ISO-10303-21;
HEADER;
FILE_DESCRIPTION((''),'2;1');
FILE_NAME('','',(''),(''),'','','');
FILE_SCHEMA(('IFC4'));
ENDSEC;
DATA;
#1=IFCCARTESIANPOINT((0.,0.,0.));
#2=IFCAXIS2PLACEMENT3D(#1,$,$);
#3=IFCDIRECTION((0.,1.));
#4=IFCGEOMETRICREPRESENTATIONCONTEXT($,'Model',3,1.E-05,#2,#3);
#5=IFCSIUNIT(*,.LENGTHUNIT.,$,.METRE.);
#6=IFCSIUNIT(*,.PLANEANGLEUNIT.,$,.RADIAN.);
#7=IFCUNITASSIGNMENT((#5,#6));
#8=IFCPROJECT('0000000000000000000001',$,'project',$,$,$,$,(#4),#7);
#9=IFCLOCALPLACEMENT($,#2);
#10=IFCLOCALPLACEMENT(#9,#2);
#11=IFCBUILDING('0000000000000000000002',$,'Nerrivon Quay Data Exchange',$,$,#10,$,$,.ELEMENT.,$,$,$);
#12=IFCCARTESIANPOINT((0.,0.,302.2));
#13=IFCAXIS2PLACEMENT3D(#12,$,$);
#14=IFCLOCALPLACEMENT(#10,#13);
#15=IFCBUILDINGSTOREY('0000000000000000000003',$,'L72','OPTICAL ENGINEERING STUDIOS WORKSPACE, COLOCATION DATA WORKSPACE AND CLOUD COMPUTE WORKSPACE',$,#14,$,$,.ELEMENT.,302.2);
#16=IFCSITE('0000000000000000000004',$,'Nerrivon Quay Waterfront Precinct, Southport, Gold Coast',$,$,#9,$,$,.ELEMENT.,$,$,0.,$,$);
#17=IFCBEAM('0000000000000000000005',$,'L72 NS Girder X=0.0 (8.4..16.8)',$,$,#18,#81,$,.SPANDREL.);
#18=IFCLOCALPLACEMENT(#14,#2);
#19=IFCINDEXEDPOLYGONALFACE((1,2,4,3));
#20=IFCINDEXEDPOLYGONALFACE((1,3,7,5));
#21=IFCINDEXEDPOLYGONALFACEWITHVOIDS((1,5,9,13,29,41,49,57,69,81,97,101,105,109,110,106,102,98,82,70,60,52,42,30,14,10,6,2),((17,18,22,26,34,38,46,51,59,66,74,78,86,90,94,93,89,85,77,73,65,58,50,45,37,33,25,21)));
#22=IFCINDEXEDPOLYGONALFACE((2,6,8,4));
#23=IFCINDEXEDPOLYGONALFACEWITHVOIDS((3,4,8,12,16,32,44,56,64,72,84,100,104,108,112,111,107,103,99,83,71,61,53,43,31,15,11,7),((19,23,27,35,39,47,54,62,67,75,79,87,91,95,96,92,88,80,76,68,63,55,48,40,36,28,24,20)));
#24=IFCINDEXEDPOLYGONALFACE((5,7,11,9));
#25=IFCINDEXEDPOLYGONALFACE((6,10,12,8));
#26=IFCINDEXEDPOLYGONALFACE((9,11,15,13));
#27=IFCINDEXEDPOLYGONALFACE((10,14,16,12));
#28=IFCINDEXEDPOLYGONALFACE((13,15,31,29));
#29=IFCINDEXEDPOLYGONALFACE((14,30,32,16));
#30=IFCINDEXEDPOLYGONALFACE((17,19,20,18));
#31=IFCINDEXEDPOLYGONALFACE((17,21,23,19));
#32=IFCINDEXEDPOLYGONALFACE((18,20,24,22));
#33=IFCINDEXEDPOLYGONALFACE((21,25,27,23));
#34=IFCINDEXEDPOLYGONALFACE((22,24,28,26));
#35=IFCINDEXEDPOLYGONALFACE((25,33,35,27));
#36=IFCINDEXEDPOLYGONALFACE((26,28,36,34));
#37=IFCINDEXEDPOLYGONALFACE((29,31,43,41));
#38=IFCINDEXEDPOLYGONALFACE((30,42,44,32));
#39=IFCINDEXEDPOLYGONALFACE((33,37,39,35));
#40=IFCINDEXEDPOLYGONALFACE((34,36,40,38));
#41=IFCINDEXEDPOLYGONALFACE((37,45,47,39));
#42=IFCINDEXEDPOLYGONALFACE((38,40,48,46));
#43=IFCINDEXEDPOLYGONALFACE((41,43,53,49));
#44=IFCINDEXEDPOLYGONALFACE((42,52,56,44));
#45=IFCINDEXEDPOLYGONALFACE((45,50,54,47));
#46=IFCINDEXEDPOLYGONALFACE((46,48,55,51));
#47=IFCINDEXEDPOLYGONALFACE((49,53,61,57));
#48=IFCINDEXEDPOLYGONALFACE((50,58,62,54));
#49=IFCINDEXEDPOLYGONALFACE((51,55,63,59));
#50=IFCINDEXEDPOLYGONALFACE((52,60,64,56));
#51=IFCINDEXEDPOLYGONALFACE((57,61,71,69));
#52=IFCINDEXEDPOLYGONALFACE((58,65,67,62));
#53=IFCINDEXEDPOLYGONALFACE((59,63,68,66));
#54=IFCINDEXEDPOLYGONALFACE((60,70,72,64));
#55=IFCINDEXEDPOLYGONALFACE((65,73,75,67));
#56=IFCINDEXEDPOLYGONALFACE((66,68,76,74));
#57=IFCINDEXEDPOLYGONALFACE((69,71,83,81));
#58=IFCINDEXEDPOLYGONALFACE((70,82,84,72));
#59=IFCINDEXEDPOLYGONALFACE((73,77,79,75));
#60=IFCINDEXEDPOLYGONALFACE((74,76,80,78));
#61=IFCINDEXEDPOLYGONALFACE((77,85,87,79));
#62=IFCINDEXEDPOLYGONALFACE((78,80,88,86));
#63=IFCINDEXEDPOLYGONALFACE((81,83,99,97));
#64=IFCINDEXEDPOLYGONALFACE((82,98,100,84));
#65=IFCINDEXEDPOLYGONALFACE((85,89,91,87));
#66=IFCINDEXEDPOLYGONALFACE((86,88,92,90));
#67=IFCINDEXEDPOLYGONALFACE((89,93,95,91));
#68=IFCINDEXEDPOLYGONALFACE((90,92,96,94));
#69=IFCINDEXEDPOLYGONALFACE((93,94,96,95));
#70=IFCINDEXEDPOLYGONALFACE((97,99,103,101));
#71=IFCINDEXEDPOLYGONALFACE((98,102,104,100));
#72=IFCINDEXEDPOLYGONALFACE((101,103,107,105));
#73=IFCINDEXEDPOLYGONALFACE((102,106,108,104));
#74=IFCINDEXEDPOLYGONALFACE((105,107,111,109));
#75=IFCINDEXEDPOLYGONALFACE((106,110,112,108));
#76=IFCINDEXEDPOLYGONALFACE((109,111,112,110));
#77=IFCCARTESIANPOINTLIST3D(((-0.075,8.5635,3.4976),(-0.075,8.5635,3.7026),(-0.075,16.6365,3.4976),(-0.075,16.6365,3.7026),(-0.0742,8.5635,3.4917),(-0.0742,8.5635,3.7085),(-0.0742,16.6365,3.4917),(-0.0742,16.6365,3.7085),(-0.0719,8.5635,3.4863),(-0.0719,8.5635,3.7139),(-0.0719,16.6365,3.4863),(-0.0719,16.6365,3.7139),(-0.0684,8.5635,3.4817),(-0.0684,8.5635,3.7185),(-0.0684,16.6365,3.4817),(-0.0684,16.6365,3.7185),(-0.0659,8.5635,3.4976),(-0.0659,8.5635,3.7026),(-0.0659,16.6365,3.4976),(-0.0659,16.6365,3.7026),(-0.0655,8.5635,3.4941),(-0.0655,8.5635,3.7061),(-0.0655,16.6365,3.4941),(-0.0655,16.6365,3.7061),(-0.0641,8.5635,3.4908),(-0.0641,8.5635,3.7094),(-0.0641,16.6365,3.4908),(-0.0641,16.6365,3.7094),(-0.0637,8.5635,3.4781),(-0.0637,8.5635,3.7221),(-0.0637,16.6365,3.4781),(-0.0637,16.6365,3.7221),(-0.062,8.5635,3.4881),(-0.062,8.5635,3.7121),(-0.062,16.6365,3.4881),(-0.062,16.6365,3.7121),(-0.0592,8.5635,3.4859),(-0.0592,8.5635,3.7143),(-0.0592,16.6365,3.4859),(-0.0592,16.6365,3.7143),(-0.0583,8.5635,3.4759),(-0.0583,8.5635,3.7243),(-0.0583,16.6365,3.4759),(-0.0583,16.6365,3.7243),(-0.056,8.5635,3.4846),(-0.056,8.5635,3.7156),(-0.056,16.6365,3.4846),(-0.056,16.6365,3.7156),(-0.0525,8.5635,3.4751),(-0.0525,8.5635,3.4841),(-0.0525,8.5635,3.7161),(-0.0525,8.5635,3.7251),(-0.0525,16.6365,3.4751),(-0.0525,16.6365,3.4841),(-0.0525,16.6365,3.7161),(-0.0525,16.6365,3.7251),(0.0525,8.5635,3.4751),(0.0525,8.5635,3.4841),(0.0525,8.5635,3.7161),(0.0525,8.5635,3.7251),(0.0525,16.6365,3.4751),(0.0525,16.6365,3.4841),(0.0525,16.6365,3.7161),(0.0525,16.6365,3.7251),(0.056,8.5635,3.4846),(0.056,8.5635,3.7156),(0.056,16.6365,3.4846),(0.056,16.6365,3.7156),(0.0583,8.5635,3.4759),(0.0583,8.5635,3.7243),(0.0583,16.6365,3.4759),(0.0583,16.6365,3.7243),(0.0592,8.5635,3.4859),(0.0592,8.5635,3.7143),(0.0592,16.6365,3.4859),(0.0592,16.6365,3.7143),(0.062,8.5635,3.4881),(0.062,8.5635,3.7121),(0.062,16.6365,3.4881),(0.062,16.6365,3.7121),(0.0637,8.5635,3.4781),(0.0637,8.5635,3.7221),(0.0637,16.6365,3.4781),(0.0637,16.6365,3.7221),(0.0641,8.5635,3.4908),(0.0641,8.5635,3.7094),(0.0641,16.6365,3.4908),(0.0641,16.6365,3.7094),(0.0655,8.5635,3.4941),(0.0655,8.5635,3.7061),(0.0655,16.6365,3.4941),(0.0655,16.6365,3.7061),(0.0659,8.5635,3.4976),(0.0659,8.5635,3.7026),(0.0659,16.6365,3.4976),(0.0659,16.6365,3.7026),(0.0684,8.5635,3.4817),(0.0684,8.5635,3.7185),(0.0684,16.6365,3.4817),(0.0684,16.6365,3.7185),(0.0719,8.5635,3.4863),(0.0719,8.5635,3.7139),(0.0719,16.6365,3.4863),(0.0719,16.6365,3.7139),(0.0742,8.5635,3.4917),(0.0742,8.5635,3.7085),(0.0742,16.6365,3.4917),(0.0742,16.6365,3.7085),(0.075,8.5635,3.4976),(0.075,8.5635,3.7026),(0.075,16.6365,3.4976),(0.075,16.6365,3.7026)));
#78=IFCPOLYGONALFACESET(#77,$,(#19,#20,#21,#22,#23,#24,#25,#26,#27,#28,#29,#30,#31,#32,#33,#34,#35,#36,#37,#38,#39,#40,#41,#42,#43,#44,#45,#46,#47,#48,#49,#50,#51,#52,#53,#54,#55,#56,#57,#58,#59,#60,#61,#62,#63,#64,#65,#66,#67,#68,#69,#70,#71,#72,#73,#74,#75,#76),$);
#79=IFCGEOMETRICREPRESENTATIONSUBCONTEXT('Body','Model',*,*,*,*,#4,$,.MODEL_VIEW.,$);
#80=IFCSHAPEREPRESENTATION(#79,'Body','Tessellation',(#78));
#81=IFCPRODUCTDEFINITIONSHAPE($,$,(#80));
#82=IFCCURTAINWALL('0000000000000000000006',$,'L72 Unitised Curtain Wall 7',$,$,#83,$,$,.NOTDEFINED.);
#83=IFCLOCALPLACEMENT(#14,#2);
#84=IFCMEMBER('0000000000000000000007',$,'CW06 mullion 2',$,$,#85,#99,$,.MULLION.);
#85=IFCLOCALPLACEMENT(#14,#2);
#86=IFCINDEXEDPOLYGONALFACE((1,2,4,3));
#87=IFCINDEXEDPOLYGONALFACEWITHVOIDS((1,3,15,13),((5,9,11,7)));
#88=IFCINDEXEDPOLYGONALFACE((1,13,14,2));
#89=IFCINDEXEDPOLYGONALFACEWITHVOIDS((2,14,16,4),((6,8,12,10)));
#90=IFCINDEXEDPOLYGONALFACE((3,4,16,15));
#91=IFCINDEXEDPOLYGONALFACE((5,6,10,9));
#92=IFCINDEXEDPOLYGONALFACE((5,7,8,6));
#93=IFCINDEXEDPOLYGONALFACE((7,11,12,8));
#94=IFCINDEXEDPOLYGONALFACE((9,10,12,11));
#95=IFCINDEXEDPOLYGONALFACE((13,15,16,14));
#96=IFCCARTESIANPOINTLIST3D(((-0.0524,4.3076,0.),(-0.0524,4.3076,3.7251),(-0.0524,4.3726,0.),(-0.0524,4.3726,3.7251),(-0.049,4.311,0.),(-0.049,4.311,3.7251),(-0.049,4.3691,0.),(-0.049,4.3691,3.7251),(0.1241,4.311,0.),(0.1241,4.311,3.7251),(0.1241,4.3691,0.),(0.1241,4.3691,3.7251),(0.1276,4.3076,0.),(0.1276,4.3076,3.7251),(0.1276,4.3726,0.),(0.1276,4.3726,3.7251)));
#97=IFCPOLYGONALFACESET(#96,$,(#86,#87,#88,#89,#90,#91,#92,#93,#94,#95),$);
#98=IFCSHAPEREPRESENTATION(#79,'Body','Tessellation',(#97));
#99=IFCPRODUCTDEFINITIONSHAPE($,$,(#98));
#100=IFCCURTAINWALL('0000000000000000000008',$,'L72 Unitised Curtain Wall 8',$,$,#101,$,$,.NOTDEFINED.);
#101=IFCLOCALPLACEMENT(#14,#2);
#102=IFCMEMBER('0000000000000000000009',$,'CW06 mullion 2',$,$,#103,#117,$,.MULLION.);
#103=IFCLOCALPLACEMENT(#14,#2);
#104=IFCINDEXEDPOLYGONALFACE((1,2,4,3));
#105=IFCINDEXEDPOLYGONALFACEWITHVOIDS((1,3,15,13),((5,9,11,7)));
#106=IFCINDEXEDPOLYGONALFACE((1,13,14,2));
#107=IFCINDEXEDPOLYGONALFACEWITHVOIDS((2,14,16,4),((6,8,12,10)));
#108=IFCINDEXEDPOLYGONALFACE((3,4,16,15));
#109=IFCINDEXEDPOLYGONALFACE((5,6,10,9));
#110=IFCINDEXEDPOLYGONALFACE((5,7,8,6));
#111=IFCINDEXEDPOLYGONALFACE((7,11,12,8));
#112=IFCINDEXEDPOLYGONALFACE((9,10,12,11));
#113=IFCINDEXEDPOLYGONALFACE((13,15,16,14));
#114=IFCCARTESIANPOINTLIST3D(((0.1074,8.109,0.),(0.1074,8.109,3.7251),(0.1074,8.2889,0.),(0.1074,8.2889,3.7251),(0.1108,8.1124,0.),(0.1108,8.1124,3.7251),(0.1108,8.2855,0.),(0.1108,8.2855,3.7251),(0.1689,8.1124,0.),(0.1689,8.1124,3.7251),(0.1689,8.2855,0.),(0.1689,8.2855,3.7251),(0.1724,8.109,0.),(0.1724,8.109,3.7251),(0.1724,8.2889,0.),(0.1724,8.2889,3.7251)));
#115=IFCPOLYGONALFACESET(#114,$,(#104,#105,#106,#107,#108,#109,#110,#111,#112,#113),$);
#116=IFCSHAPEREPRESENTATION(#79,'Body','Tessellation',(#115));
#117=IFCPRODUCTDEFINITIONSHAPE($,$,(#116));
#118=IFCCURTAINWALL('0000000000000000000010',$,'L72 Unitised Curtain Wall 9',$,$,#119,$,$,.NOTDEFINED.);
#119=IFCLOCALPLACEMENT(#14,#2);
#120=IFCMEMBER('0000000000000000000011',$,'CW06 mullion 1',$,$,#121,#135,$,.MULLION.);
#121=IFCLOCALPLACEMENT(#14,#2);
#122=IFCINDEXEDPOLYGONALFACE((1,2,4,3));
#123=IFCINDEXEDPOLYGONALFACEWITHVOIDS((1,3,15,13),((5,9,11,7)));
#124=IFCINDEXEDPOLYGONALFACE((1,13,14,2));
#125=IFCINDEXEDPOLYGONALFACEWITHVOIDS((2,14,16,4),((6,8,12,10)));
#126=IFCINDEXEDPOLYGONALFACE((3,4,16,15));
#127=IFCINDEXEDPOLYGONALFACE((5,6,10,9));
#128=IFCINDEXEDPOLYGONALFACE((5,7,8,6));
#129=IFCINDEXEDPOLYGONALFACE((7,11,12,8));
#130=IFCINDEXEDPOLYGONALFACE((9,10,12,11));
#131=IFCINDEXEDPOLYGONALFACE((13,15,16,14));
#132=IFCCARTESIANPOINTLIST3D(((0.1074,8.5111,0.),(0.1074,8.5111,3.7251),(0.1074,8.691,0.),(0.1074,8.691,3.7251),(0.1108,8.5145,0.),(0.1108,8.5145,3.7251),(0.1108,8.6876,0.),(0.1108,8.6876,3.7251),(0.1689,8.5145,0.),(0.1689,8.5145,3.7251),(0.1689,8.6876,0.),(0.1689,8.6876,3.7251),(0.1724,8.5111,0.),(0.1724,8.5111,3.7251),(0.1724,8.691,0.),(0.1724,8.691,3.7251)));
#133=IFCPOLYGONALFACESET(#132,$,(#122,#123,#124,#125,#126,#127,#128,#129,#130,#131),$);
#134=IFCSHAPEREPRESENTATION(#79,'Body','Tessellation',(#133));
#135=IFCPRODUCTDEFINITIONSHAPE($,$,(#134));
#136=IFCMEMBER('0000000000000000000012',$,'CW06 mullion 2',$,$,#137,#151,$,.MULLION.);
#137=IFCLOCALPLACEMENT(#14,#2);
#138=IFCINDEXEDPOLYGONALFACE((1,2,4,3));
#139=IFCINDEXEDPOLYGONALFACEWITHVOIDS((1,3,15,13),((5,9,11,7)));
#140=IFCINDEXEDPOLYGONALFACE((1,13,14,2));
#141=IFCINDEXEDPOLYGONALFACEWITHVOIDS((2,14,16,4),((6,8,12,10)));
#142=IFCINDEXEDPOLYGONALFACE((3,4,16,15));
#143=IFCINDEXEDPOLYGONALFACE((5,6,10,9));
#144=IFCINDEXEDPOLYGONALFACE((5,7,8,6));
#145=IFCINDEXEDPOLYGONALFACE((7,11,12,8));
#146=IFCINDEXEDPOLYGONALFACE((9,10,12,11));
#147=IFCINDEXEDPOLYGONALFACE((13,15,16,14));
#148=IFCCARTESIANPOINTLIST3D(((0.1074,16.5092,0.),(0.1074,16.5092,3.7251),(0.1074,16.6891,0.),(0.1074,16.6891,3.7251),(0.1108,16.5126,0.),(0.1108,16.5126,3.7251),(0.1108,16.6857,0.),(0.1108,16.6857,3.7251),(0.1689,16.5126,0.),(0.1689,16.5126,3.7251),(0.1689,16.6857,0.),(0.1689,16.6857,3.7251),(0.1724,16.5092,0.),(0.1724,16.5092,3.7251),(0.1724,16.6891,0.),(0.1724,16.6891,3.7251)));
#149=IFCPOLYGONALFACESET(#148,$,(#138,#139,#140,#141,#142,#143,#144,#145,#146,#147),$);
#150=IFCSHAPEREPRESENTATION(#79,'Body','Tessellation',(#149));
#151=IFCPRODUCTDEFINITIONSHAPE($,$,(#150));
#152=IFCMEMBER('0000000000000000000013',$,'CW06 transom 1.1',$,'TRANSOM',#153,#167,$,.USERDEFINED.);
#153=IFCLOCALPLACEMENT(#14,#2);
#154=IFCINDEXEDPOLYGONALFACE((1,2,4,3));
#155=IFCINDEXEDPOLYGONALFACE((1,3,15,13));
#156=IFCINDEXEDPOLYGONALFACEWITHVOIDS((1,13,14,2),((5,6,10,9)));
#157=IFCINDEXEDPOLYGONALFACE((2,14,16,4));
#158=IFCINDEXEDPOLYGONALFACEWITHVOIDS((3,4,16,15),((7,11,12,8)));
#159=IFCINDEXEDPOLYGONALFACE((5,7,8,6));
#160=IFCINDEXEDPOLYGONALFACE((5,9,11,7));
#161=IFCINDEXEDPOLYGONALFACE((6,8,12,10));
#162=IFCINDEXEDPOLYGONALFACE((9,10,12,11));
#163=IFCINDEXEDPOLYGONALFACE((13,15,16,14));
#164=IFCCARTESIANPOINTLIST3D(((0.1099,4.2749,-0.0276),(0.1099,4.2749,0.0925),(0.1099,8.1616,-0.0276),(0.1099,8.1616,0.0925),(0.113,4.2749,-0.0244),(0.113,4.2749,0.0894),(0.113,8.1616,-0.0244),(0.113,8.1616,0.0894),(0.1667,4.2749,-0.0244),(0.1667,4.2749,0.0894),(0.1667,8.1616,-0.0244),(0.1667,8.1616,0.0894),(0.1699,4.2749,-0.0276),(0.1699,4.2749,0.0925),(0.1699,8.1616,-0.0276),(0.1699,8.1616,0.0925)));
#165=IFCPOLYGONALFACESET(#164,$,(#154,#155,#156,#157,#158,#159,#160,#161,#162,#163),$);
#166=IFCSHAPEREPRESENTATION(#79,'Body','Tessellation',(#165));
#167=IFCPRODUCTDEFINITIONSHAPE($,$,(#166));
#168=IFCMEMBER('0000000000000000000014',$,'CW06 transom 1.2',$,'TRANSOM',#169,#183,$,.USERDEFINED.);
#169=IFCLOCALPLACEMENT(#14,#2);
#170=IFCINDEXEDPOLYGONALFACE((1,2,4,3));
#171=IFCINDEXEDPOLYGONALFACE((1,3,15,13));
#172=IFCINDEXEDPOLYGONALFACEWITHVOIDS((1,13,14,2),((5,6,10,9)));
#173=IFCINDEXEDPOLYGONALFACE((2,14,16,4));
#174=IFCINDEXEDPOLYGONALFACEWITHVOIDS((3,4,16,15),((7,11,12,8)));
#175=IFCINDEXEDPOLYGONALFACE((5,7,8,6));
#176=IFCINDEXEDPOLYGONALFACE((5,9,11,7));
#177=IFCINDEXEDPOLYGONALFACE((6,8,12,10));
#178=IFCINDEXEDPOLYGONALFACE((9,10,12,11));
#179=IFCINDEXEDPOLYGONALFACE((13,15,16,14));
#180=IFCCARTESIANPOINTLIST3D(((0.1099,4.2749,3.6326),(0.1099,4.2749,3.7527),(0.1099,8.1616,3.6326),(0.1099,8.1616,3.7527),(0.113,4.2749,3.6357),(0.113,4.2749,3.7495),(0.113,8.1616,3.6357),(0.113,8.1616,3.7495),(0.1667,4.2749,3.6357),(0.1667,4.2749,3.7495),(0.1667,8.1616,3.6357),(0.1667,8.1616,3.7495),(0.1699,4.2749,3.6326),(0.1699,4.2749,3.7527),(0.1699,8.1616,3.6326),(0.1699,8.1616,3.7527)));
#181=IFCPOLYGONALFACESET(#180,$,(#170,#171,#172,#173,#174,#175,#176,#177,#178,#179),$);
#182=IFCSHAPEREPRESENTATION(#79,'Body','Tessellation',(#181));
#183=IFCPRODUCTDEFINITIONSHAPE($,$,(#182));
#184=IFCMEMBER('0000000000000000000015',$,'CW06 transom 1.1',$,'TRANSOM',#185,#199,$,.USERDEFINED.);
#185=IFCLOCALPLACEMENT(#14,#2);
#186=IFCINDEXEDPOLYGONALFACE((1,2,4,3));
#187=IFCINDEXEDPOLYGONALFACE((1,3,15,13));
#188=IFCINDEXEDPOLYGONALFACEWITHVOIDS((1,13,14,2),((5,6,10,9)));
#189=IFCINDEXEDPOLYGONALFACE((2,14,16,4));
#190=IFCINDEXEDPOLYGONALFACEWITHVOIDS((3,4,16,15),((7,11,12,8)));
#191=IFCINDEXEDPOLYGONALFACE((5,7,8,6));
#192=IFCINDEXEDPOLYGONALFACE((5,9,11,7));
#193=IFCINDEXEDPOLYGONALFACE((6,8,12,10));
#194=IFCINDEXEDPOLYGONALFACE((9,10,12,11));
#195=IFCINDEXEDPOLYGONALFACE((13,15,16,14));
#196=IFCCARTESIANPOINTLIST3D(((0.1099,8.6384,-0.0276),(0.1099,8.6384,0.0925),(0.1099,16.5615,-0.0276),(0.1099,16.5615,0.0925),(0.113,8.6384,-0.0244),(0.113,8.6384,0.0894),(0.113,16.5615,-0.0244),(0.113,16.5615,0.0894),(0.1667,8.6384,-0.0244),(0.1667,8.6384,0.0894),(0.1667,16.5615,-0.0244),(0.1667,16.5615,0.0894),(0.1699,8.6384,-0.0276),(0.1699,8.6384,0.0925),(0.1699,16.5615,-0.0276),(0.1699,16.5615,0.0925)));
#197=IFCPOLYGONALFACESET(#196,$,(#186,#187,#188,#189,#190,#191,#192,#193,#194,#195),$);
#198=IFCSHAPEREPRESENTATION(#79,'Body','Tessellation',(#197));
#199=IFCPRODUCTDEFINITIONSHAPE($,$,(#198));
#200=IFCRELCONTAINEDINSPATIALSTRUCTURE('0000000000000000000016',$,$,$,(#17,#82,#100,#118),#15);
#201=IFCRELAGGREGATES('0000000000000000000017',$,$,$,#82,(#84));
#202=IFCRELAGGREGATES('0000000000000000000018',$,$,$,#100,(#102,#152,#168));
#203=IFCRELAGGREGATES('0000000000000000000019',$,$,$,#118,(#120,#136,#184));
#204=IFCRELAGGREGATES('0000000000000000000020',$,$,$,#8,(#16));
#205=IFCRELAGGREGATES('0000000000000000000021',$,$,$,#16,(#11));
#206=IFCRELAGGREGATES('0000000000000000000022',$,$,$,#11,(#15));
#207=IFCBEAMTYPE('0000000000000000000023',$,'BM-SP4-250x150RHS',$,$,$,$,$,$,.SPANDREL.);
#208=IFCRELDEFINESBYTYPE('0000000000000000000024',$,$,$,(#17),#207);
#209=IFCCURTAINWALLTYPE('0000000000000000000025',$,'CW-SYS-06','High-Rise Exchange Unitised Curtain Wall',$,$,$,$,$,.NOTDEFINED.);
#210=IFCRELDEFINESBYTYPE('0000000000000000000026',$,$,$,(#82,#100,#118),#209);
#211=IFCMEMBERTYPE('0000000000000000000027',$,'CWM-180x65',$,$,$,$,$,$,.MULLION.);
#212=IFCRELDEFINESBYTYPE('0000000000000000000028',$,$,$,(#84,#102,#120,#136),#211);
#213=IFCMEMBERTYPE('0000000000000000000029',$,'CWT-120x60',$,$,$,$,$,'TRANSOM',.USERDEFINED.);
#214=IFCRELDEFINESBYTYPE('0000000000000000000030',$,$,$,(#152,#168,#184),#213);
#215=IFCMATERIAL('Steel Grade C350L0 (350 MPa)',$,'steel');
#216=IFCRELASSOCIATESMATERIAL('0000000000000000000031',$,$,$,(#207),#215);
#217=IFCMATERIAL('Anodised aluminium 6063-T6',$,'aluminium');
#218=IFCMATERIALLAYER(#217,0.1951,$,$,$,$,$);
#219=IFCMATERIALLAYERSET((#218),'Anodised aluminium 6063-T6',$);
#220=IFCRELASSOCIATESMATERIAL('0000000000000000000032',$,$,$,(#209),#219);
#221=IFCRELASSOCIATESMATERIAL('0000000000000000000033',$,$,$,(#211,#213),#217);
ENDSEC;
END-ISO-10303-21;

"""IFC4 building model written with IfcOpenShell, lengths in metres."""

from ifc_helpers import new_model, si_unit, direction, frame, origin, origin_2d, place, context, subcontext, project, spatial, hollow_rectangle, extrude, material, layer, layer_set, material_profile, profile_set, type_object, element, aggregate, save


model = new_model("IFC4")

# Units and contexts
model_context = context("Model", 3, precision=1e-05, world=origin(), true_north=direction((0.0, 1.0)))
body_context = subcontext(model_context, "Body", "Model", "MODEL_VIEW")
ifc_project = project(units=[si_unit("LENGTHUNIT", "METRE"), si_unit("PLANEANGLEUNIT", "RADIAN")], contexts=[model_context])

# Site, building, storey
site_placement = place(None, origin())
site = spatial("IfcSite", under=ifc_project, at=site_placement, Name="Nerrivon Quay Waterfront Precinct, Southport, Gold Coast", CompositionType="ELEMENT", RefElevation=0.0)
building_placement = place(site_placement, origin())
building = spatial("IfcBuilding", under=site, at=building_placement, Name="Nerrivon Quay Data Exchange", CompositionType="ELEMENT")
storey_placement = place(building_placement, frame((0.0, 0.0, 302.2)))
storey = spatial("IfcBuildingStorey", under=building, at=storey_placement, Name="L72", Description="OPTICAL ENGINEERING STUDIOS WORKSPACE, COLOCATION DATA WORKSPACE AND CLOUD COMPUTE WORKSPACE", CompositionType="ELEMENT", Elevation=302.2)

# Beam
ifc_material_1 = material(Name="Steel Grade C350L0 (350 MPa)", Category="steel")
ifc_material_profile_1 = material_profile(ifc_material_1, hollow_rectangle(XDim=0.1499, YDim=0.25, WallThickness=0.009, InnerFilletRadius=0.0134, OuterFilletRadius=0.0225, at=origin_2d()), Name="250x150x9.0RHS")
ifc_profile_set_1 = profile_set([ifc_material_profile_1], Name="Steel Grade C350L0 (350 MPa)")
beam_type_1 = type_object("IfcBeamType", Name="BM-SP4-250x150RHS", PredefinedType="SPANDREL", material=ifc_profile_set_1)
beam_placement = place(storey_placement, frame((0.0, 8.5635, 3.6001), z_axis=(0.0, 1.0, 0.0), x_axis=(-1.0, 0.0, 0.0)))
element("IfcBeam", 1, at=beam_placement, inside=storey, type_object=beam_type_1, Name="L72 NS Girder X=0.0 (8.4..16.8)", PredefinedType="SPANDREL", context=body_context, shape_type="SweptSolid", body=[
    extrude(hollow_rectangle(XDim=0.1499, YDim=0.25, WallThickness=0.009, InnerFilletRadius=0.0134, OuterFilletRadius=0.0225, at=origin_2d()), origin(), (0.0, 0.0, 1.0), 8.073),
])

# Curtain walls, members
ifc_material_2 = material(Name="Anodised aluminium 6063-T6", Category="aluminium")
ifc_layer_1 = layer(ifc_material_2, 0.1951)
ifc_layer_set_1 = layer_set([ifc_layer_1], Name="Anodised aluminium 6063-T6")
curtain_wall_type = type_object("IfcCurtainWallType", Name="CW-SYS-06", Description="High-Rise Exchange Unitised Curtain Wall", PredefinedType="NOTDEFINED", material=ifc_layer_set_1)
curtain_wall_1_placement = place(storey_placement, origin())
curtain_wall_1 = element("IfcCurtainWall", 2, at=curtain_wall_1_placement, inside=storey, type_object=curtain_wall_type, Name="L72 Unitised Curtain Wall 7", PredefinedType="NOTDEFINED")
ifc_material_profile_2 = material_profile(ifc_material_2, hollow_rectangle(XDim=0.0649, YDim=0.1799, WallThickness=0.0034, at=origin_2d()), Name="ALU-MULL-180x65")
ifc_profile_set_2 = profile_set([ifc_material_profile_2], Name="Anodised aluminium 6063-T6")
member_type_1 = type_object("IfcMemberType", Name="CWM-180x65", PredefinedType="MULLION", material=ifc_profile_set_2)
member_1_placement = place(storey_placement, frame((0.0376, 4.3401, 0.0), z_axis=(0.0, 0.0, 1.0), x_axis=(0.0, -1.0, 0.0)))
member_1 = element("IfcMember", 3, at=member_1_placement, type_object=member_type_1, Name="CW06 mullion 2", PredefinedType="MULLION", context=body_context, shape_type="SweptSolid", body=[
    extrude(hollow_rectangle(XDim=0.0649, YDim=0.1799, WallThickness=0.0034, at=origin_2d()), origin(), (0.0, 0.0, 1.0), 3.7251),
])
curtain_wall_2_placement = place(storey_placement, origin())
curtain_wall_2 = element("IfcCurtainWall", 4, at=curtain_wall_2_placement, inside=storey, type_object=curtain_wall_type, Name="L72 Unitised Curtain Wall 8", PredefinedType="NOTDEFINED")
member_2_placement = place(storey_placement, frame((0.1399, 8.199, 0.0), z_axis=(0.0, 0.0, 1.0), x_axis=(-1.0, 0.0, 0.0)))
member_2 = element("IfcMember", 5, at=member_2_placement, type_object=member_type_1, Name="CW06 mullion 2", PredefinedType="MULLION", context=body_context, shape_type="SweptSolid", body=[
    extrude(hollow_rectangle(XDim=0.0649, YDim=0.1799, WallThickness=0.0034, at=origin_2d()), origin(), (0.0, 0.0, 1.0), 3.7251),
])

# Curtain wall, members
curtain_wall_3_placement = place(storey_placement, origin())
curtain_wall_3 = element("IfcCurtainWall", 6, at=curtain_wall_3_placement, inside=storey, type_object=curtain_wall_type, Name="L72 Unitised Curtain Wall 9", PredefinedType="NOTDEFINED")
member_3_placement = place(storey_placement, frame((0.1399, 8.6011, 0.0), z_axis=(0.0, 0.0, 1.0), x_axis=(-1.0, 0.0, 0.0)))
member_3 = element("IfcMember", 7, at=member_3_placement, type_object=member_type_1, Name="CW06 mullion 1", PredefinedType="MULLION", context=body_context, shape_type="SweptSolid", body=[
    extrude(hollow_rectangle(XDim=0.0649, YDim=0.1799, WallThickness=0.0034, at=origin_2d()), origin(), (0.0, 0.0, 1.0), 3.7251),
])
member_4_placement = place(storey_placement, frame((0.1399, 16.5991, 0.0), z_axis=(0.0, 0.0, 1.0), x_axis=(-1.0, 0.0, 0.0)))
member_4 = element("IfcMember", 8, at=member_4_placement, type_object=member_type_1, Name="CW06 mullion 2", PredefinedType="MULLION", context=body_context, shape_type="SweptSolid", body=[
    extrude(hollow_rectangle(XDim=0.0649, YDim=0.1799, WallThickness=0.0034, at=origin_2d()), origin(), (0.0, 0.0, 1.0), 3.7251),
])

# Members
ifc_material_profile_3 = material_profile(ifc_material_2, hollow_rectangle(XDim=0.0601, YDim=0.1201, WallThickness=0.0032, at=origin_2d()), Name="ALU-TRAN-120x60")
ifc_profile_set_3 = profile_set([ifc_material_profile_3], Name="Anodised aluminium 6063-T6")
member_type_2 = type_object("IfcMemberType", Name="CWT-120x60", ElementType="TRANSOM", PredefinedType="USERDEFINED", material=ifc_profile_set_3)
member_5_placement = place(storey_placement, frame((0.1399, 4.2749, 0.0325), z_axis=(0.0, 1.0, 0.0), x_axis=(-1.0, 0.0, 0.0)))
member_5 = element("IfcMember", 9, at=member_5_placement, type_object=member_type_2, Name="CW06 transom 1.1", ObjectType="TRANSOM", PredefinedType="USERDEFINED", context=body_context, shape_type="SweptSolid", body=[
    extrude(hollow_rectangle(XDim=0.0601, YDim=0.1201, WallThickness=0.0032, at=origin_2d()), origin(), (0.0, 0.0, 1.0), 3.8867),
])
member_6_placement = place(storey_placement, frame((0.1399, 4.2749, 3.6926), z_axis=(0.0, 1.0, 0.0), x_axis=(-1.0, 0.0, 0.0)))
member_6 = element("IfcMember", 10, at=member_6_placement, type_object=member_type_2, Name="CW06 transom 1.2", ObjectType="TRANSOM", PredefinedType="USERDEFINED", context=body_context, shape_type="SweptSolid", body=[
    extrude(hollow_rectangle(XDim=0.0601, YDim=0.1201, WallThickness=0.0032, at=origin_2d()), origin(), (0.0, 0.0, 1.0), 3.8867),
])
member_7_placement = place(storey_placement, frame((0.1399, 8.6384, 0.0325), z_axis=(0.0, 1.0, 0.0), x_axis=(-1.0, 0.0, 0.0)))
member_7 = element("IfcMember", 11, at=member_7_placement, type_object=member_type_2, Name="CW06 transom 1.1", ObjectType="TRANSOM", PredefinedType="USERDEFINED", context=body_context, shape_type="SweptSolid", body=[
    extrude(hollow_rectangle(XDim=0.0601, YDim=0.1201, WallThickness=0.0032, at=origin_2d()), origin(), (0.0, 0.0, 1.0), 7.9231),
])

aggregate(curtain_wall_1, [member_1])
aggregate(curtain_wall_2, [member_2, member_5, member_6])
aggregate(curtain_wall_3, [member_3, member_4, member_7])

save(model, "model.ifc")
